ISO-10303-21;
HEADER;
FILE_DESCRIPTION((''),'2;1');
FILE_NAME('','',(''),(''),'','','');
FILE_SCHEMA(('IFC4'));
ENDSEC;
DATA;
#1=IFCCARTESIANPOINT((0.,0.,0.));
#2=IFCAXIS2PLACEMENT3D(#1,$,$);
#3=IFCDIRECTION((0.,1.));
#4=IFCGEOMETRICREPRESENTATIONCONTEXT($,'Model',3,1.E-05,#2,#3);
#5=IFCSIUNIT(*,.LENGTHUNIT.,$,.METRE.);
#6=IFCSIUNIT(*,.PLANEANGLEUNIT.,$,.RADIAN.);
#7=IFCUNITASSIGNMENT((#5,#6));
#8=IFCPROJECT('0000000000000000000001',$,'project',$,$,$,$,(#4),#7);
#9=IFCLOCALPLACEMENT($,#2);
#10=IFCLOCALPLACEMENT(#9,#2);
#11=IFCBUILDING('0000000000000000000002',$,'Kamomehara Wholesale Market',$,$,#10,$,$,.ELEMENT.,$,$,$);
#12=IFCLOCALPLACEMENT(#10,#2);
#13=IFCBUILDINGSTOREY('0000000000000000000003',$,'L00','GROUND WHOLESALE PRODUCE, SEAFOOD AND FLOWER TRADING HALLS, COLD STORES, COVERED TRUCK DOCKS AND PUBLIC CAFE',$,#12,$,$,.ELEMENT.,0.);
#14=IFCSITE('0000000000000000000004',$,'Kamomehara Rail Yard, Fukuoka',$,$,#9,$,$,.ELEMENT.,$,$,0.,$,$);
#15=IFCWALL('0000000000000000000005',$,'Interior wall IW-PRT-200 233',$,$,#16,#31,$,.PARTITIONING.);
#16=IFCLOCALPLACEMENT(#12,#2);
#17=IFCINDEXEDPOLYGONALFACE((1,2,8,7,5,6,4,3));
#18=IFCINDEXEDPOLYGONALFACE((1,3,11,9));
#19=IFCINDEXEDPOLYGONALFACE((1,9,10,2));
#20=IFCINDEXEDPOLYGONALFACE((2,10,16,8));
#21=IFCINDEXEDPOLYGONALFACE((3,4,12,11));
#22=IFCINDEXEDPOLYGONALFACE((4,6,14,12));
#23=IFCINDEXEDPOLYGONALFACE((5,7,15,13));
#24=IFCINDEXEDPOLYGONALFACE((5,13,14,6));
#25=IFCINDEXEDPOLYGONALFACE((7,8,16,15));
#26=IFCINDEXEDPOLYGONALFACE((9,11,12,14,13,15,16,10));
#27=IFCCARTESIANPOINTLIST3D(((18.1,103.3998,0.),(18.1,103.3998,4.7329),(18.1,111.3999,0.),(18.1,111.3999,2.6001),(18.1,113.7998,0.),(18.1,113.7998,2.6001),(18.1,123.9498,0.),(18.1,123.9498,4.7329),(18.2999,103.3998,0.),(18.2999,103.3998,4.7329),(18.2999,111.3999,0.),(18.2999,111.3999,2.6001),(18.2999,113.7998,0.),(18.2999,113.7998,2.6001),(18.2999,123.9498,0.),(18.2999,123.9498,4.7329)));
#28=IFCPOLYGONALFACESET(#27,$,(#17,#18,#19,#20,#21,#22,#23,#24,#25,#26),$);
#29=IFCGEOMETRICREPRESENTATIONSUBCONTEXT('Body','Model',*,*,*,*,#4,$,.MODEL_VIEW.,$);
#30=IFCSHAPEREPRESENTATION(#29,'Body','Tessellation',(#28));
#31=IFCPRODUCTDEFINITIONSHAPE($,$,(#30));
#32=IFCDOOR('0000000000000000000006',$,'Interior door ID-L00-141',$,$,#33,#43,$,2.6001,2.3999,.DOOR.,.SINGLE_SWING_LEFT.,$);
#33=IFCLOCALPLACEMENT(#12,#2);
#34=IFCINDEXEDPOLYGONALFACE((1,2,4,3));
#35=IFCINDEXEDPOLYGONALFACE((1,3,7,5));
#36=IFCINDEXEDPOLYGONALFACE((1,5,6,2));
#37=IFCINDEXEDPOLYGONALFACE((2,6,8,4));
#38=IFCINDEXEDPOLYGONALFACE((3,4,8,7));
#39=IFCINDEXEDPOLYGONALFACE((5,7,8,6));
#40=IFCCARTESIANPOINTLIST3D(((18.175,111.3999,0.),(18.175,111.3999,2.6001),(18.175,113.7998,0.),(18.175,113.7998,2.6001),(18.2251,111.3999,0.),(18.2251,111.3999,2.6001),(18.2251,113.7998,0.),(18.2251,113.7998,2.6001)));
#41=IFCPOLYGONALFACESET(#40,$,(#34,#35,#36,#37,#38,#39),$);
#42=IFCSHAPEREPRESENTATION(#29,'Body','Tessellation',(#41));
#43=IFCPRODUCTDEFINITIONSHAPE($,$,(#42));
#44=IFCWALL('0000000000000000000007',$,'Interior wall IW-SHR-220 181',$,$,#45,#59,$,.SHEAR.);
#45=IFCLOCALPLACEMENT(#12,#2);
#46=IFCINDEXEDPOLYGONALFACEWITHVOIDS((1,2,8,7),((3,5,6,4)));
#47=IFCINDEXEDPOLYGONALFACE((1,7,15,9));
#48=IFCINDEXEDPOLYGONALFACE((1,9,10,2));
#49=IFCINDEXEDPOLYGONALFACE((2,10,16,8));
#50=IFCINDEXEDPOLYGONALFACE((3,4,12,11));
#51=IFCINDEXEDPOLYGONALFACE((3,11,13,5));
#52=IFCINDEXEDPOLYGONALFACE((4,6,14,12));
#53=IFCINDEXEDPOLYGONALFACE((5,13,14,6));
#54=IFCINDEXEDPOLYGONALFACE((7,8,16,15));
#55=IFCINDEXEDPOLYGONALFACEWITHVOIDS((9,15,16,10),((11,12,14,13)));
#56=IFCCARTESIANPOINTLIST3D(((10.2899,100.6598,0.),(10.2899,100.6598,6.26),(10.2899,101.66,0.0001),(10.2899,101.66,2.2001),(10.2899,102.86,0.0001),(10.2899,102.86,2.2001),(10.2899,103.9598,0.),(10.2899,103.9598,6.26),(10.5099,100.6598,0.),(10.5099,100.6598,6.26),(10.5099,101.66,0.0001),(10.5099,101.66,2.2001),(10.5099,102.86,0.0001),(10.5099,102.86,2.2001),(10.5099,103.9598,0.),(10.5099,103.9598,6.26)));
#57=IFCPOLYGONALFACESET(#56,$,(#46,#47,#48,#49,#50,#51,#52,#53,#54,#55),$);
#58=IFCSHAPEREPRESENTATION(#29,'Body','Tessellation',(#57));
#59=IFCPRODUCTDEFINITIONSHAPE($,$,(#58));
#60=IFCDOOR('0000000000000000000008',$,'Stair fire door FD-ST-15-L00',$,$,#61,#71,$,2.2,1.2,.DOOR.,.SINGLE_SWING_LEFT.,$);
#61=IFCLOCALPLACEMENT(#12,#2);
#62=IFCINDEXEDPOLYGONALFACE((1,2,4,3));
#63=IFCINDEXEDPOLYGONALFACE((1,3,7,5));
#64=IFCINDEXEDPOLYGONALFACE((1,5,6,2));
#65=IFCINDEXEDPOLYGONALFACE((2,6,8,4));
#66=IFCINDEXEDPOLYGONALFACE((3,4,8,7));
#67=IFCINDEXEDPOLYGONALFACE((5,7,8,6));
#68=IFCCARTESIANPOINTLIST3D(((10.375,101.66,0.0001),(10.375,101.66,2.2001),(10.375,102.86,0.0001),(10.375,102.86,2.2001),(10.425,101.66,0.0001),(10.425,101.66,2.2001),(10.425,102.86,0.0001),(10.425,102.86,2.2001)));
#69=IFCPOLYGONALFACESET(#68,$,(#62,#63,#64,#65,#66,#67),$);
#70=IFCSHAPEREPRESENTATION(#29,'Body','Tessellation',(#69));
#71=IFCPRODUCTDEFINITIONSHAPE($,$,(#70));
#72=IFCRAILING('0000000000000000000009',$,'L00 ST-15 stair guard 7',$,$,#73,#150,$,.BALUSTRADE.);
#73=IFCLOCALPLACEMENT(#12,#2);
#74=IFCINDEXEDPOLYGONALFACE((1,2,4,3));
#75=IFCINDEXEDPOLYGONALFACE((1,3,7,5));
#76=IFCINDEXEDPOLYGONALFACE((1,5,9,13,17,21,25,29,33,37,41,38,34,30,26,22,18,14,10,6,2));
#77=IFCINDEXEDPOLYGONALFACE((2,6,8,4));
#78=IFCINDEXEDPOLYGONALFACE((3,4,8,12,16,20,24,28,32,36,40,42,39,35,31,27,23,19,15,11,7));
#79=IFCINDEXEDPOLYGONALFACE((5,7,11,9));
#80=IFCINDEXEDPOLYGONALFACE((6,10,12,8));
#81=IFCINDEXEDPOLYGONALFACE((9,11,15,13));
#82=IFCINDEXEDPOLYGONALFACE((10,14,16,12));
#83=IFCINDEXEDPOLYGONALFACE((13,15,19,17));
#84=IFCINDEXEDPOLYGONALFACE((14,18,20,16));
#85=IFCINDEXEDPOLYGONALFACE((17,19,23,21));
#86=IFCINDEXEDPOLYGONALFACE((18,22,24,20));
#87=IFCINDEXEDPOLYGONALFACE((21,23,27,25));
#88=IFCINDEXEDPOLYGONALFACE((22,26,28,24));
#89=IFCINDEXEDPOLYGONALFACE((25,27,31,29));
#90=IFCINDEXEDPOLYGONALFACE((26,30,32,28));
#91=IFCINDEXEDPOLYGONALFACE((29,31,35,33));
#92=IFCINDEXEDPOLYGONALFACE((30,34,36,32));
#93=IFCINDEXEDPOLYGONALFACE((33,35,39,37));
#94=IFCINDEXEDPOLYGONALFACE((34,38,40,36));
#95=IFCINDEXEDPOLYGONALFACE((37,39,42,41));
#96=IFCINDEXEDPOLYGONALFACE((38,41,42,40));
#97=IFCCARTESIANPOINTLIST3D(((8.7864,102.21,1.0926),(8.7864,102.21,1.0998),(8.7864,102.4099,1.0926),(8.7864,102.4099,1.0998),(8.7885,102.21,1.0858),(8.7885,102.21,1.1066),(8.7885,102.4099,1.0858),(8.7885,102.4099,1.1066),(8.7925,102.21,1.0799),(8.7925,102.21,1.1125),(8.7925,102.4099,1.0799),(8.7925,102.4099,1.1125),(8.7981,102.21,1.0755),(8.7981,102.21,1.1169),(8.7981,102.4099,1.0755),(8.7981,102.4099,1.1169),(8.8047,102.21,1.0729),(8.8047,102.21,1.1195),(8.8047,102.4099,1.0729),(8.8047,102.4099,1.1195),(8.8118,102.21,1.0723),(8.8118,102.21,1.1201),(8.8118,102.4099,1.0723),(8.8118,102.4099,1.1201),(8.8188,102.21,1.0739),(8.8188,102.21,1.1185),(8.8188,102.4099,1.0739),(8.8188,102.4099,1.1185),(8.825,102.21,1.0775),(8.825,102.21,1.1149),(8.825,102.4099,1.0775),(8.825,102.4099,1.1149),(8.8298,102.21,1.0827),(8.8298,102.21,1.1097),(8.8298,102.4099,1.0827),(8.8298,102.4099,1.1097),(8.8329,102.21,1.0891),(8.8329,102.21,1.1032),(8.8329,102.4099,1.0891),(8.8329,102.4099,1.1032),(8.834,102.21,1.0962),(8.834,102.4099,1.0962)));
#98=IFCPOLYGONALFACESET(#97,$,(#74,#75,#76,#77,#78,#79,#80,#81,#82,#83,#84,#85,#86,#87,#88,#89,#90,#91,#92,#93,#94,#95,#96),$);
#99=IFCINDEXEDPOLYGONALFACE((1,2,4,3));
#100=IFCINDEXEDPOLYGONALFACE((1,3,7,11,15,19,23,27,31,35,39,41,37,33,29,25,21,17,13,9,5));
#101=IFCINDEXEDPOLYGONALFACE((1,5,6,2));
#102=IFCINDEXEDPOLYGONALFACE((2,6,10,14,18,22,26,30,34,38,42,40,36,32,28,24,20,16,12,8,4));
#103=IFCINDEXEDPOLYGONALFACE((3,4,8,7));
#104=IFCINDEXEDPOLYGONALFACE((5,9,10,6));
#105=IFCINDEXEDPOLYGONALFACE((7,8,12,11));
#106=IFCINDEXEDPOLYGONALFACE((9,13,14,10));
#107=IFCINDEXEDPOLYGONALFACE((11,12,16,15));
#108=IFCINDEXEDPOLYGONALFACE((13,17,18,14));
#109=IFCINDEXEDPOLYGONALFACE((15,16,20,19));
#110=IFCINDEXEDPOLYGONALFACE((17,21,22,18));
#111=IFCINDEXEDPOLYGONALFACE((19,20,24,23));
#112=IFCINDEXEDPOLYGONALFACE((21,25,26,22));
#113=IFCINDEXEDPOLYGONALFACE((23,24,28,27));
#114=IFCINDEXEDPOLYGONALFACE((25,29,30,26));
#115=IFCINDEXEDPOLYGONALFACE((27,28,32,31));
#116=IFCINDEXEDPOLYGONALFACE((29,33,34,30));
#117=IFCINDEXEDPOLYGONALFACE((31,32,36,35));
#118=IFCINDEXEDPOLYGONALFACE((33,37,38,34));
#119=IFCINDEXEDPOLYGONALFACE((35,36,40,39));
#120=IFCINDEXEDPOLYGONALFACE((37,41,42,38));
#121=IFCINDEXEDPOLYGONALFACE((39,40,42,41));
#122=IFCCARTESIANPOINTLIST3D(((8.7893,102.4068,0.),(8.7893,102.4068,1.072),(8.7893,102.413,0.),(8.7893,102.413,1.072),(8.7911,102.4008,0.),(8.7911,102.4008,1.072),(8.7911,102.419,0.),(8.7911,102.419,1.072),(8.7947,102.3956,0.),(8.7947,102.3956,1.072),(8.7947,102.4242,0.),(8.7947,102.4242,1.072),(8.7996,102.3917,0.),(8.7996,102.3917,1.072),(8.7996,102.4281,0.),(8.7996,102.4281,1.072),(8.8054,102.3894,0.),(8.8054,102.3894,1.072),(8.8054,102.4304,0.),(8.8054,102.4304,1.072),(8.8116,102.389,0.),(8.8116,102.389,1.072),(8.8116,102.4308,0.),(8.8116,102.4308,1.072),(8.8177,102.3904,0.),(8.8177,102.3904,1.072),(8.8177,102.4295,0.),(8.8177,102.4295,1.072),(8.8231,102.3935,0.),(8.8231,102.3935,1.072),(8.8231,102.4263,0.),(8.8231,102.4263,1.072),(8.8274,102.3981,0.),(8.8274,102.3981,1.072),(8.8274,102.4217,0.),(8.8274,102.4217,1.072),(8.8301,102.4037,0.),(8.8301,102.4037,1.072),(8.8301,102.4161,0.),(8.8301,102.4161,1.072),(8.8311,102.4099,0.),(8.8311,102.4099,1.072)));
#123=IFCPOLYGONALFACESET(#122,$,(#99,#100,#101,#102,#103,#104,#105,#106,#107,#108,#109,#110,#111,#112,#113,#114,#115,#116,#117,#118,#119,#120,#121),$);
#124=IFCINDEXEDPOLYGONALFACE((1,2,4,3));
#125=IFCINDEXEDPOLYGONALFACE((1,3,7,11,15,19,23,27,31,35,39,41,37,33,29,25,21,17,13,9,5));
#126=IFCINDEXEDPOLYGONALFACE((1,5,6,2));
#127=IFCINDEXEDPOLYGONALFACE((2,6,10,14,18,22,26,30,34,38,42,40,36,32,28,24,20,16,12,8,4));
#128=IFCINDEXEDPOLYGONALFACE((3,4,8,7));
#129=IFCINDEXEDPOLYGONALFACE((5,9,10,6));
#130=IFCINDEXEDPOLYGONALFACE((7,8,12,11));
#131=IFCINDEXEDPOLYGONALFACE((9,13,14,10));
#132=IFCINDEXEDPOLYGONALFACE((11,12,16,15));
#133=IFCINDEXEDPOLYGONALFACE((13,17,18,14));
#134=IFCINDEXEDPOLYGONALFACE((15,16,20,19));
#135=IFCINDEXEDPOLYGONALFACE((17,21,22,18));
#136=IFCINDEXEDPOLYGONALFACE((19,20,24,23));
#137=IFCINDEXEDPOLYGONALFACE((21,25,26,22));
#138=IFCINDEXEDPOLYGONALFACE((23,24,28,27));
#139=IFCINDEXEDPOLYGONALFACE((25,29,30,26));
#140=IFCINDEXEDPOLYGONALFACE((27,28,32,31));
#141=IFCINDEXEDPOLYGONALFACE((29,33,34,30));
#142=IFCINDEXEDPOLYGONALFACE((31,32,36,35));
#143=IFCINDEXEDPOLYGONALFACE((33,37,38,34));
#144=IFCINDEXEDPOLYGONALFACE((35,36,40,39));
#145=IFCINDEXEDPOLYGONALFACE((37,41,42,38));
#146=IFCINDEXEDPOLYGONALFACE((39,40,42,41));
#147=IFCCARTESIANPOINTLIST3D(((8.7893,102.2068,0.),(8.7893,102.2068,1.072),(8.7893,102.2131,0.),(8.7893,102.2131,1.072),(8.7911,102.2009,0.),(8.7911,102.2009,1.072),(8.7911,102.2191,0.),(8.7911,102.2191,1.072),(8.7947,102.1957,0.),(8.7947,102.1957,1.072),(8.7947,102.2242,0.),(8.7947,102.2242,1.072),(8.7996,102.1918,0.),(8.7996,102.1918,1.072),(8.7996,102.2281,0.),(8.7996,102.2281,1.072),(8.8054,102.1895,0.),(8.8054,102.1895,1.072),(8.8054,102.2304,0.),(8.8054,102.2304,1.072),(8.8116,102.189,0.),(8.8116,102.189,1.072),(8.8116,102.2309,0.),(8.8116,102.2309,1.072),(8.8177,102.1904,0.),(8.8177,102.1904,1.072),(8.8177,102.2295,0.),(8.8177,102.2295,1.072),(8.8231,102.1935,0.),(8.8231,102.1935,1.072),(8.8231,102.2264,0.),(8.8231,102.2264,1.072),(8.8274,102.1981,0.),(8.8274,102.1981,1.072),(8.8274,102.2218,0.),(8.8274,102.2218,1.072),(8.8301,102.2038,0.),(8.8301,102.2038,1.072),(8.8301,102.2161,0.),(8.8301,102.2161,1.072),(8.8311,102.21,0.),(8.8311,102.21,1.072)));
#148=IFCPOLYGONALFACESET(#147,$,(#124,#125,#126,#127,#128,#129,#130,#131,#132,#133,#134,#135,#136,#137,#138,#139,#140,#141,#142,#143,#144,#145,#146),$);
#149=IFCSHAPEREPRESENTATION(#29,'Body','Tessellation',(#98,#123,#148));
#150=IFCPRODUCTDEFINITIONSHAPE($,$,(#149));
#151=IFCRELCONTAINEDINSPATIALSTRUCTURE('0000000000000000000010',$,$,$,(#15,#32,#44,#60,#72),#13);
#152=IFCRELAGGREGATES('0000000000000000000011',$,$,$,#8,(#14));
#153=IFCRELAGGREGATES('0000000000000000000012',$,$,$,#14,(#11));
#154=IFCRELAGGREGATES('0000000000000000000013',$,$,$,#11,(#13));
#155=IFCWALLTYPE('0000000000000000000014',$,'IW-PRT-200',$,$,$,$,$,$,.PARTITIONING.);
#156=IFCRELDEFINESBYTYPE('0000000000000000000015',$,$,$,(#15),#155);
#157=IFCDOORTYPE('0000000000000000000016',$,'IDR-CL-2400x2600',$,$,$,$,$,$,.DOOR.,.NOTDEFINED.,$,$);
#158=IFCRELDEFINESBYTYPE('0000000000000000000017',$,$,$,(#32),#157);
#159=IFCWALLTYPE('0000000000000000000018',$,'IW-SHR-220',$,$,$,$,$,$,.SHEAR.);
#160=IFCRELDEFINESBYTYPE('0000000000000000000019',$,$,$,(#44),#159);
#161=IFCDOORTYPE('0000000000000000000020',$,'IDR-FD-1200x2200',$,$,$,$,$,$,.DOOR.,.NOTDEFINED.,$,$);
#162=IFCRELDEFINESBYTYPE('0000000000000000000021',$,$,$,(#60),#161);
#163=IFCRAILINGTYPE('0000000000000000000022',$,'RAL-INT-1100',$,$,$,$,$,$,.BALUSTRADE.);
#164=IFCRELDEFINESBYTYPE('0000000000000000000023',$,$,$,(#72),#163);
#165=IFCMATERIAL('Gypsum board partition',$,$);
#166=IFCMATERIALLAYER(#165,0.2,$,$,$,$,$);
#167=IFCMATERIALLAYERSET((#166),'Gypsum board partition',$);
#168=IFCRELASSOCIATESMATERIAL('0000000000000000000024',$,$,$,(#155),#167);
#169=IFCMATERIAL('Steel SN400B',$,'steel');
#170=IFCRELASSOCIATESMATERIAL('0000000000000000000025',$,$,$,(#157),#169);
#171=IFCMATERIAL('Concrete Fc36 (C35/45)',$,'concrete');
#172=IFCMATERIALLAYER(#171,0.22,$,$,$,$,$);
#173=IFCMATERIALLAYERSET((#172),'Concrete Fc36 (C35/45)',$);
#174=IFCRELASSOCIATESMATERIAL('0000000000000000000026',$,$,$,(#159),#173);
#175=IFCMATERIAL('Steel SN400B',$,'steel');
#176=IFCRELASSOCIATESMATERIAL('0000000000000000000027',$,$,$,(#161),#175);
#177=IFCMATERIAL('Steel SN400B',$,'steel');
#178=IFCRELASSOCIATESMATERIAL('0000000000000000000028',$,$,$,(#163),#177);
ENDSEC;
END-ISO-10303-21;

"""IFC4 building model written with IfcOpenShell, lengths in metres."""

from ifc_helpers import new_model, si_unit, direction, frame, frame_2d, origin, origin_2d, place, context, subcontext, project, spatial, rectangle, circle, extrude, material, layer, layer_set, type_object, element, fill, save


model = new_model("IFC4")

# Units and contexts
model_context = context("Model", 3, precision=1e-05, world=origin(), true_north=direction((0.0, 1.0)))
body_context = subcontext(model_context, "Body", "Model", "MODEL_VIEW")
ifc_project = project(units=[si_unit("LENGTHUNIT", "METRE"), si_unit("PLANEANGLEUNIT", "RADIAN")], contexts=[model_context])

# Site, building, storey
site_placement = place(None, origin())
site = spatial("IfcSite", under=ifc_project, at=site_placement, Name="Kamomehara Rail Yard, Fukuoka", CompositionType="ELEMENT", RefElevation=0.0)
building_placement = place(site_placement, origin())
building = spatial("IfcBuilding", under=site, at=building_placement, Name="Kamomehara Wholesale Market", CompositionType="ELEMENT")
storey_placement = place(building_placement, origin())
storey = spatial("IfcBuildingStorey", under=building, at=storey_placement, Name="L00", Description="GROUND WHOLESALE PRODUCE, SEAFOOD AND FLOWER TRADING HALLS, COLD STORES, COVERED TRUCK DOCKS AND PUBLIC CAFE", CompositionType="ELEMENT", Elevation=0.0)

# Shared definitions
ifc_material_1 = material(Name="Gypsum board partition")
ifc_layer_1 = layer(ifc_material_1, 0.2)
ifc_layer_set_1 = layer_set([ifc_layer_1], Name="Gypsum board partition")
wall_type_1 = type_object("IfcWallType", Name="IW-PRT-200", PredefinedType="PARTITIONING", material=ifc_layer_set_1)

# Walls, openings, doors
wall_1_placement = place(storey_placement, frame((18.2, 103.3999, 0.0), z_axis=(0.0, 0.0, 1.0), x_axis=(0.0, 1.0, 0.0)))
wall_1 = element("IfcWall", 1, at=wall_1_placement, inside=storey, type_object=wall_type_1, Name="Interior wall IW-PRT-200 233", PredefinedType="PARTITIONING", context=body_context, shape_type="SweptSolid", body=[
    extrude(rectangle(XDim=20.55, YDim=0.2, at=frame_2d((10.2749, 0.0))), origin(), (0.0, 0.0, 1.0), 4.7329),
])
opening_1_placement = place(wall_1_placement, frame((8.0, 0.0, 0.0)))
opening_1 = element("IfcOpeningElement", 2, at=opening_1_placement, cuts=wall_1, PredefinedType="OPENING", context=body_context, shape_type="SweptSolid", body=[
    extrude(rectangle(XDim=2.3999, YDim=2.6001, at=frame_2d((1.2, 1.3))), frame((0.0, 0.1147, 0.0), z_axis=(0.0, -1.0, 0.0), x_axis=(1.0, 0.0, 0.0)), (0.0, 0.0, 1.0), 0.2297),
])
ifc_material_2 = material(Name="Steel SN400B", Category="steel")
door_type_1 = type_object("IfcDoorType", Name="IDR-CL-2400x2600", OperationType="NOTDEFINED", PredefinedType="DOOR", material=ifc_material_2)
door_1_placement = place(opening_1_placement, origin())
door_1 = element("IfcDoor", 3, at=door_1_placement, inside=storey, type_object=door_type_1, Name="Interior door ID-L00-141", OperationType="SINGLE_SWING_LEFT", OverallHeight=2.6001, OverallWidth=2.3999, PredefinedType="DOOR", context=body_context, shape_type="SweptSolid", body=[
    extrude(rectangle(XDim=2.3999, YDim=2.6001, at=frame_2d((1.2, 1.3))), frame((0.0, 0.0249, 0.0), z_axis=(0.0, -1.0, 0.0), x_axis=(1.0, 0.0, 0.0)), (0.0, 0.0, 1.0), 0.05),
])
fill(opening_1, door_1)
ifc_material_3 = material(Name="Concrete Fc36 (C35/45)", Category="concrete")
ifc_layer_2 = layer(ifc_material_3, 0.22)
ifc_layer_set_2 = layer_set([ifc_layer_2], Name="Concrete Fc36 (C35/45)")
wall_type_2 = type_object("IfcWallType", Name="IW-SHR-220", PredefinedType="SHEAR", material=ifc_layer_set_2)
wall_2_placement = place(storey_placement, frame((10.3999, 100.6599, 0.0), z_axis=(0.0, 0.0, 1.0), x_axis=(0.0, 1.0, 0.0)))
wall_2 = element("IfcWall", 4, at=wall_2_placement, inside=storey, type_object=wall_type_2, Name="Interior wall IW-SHR-220 181", PredefinedType="SHEAR", context=body_context, shape_type="SweptSolid", body=[
    extrude(rectangle(XDim=3.3, YDim=0.22, at=frame_2d((1.6499, 0.0))), origin(), (0.0, 0.0, 1.0), 6.26),
])
opening_2_placement = place(wall_2_placement, frame((1.0, 0.0, 0.0)))
opening_2 = element("IfcOpeningElement", 5, at=opening_2_placement, cuts=wall_2, PredefinedType="OPENING", context=body_context, shape_type="SweptSolid", body=[
    extrude(rectangle(XDim=1.2, YDim=2.2, at=frame_2d((0.6001, 1.1001))), frame((0.0, 0.125, 0.0), z_axis=(0.0, -1.0, 0.0), x_axis=(1.0, 0.0, 0.0)), (0.0, 0.0, 1.0), 0.2498),
])
ifc_material_4 = material(Name="Steel SN400B", Category="steel")
door_type_2 = type_object("IfcDoorType", Name="IDR-FD-1200x2200", OperationType="NOTDEFINED", PredefinedType="DOOR", material=ifc_material_4)
door_2_placement = place(opening_2_placement, origin())
door_2 = element("IfcDoor", 6, at=door_2_placement, inside=storey, type_object=door_type_2, Name="Stair fire door FD-ST-15-L00", OperationType="SINGLE_SWING_LEFT", OverallHeight=2.2, OverallWidth=1.2, PredefinedType="DOOR", context=body_context, shape_type="SweptSolid", body=[
    extrude(rectangle(XDim=1.2, YDim=2.2, at=frame_2d((0.6001, 1.1001))), frame((0.0, 0.0249, 0.0), z_axis=(0.0, -1.0, 0.0), x_axis=(1.0, 0.0, 0.0)), (0.0, 0.0, 1.0), 0.05),
])
fill(opening_2, door_2)

# Railing
ifc_material_5 = material(Name="Steel SN400B", Category="steel")
railing_type = type_object("IfcRailingType", Name="RAL-INT-1100", PredefinedType="BALUSTRADE", material=ifc_material_5)
railing_placement = place(storey_placement, frame((8.8101, 102.4099, 0.0)))
element("IfcRailing", 7, at=railing_placement, inside=storey, type_object=railing_type, Name="L00 ST-15 stair guard 7", PredefinedType="BALUSTRADE", context=body_context, shape_type="SweptSolid", body=[
    extrude(circle(Radius=0.0239, at=origin_2d()), frame((0.0, 0.0, 1.0962), z_axis=(0.0, -1.0, 0.0), x_axis=(1.0, 0.0, 0.0)), (0.0, 0.0, 1.0), 0.2),
    extrude(circle(Radius=0.021, at=origin_2d()), origin(), (0.0, 0.0, 1.0), 1.072),
    extrude(circle(Radius=0.021, at=origin_2d()), frame((0.0, -0.2, 0.0)), (0.0, 0.0, 1.0), 1.072),
])

save(model, "model.ifc")
